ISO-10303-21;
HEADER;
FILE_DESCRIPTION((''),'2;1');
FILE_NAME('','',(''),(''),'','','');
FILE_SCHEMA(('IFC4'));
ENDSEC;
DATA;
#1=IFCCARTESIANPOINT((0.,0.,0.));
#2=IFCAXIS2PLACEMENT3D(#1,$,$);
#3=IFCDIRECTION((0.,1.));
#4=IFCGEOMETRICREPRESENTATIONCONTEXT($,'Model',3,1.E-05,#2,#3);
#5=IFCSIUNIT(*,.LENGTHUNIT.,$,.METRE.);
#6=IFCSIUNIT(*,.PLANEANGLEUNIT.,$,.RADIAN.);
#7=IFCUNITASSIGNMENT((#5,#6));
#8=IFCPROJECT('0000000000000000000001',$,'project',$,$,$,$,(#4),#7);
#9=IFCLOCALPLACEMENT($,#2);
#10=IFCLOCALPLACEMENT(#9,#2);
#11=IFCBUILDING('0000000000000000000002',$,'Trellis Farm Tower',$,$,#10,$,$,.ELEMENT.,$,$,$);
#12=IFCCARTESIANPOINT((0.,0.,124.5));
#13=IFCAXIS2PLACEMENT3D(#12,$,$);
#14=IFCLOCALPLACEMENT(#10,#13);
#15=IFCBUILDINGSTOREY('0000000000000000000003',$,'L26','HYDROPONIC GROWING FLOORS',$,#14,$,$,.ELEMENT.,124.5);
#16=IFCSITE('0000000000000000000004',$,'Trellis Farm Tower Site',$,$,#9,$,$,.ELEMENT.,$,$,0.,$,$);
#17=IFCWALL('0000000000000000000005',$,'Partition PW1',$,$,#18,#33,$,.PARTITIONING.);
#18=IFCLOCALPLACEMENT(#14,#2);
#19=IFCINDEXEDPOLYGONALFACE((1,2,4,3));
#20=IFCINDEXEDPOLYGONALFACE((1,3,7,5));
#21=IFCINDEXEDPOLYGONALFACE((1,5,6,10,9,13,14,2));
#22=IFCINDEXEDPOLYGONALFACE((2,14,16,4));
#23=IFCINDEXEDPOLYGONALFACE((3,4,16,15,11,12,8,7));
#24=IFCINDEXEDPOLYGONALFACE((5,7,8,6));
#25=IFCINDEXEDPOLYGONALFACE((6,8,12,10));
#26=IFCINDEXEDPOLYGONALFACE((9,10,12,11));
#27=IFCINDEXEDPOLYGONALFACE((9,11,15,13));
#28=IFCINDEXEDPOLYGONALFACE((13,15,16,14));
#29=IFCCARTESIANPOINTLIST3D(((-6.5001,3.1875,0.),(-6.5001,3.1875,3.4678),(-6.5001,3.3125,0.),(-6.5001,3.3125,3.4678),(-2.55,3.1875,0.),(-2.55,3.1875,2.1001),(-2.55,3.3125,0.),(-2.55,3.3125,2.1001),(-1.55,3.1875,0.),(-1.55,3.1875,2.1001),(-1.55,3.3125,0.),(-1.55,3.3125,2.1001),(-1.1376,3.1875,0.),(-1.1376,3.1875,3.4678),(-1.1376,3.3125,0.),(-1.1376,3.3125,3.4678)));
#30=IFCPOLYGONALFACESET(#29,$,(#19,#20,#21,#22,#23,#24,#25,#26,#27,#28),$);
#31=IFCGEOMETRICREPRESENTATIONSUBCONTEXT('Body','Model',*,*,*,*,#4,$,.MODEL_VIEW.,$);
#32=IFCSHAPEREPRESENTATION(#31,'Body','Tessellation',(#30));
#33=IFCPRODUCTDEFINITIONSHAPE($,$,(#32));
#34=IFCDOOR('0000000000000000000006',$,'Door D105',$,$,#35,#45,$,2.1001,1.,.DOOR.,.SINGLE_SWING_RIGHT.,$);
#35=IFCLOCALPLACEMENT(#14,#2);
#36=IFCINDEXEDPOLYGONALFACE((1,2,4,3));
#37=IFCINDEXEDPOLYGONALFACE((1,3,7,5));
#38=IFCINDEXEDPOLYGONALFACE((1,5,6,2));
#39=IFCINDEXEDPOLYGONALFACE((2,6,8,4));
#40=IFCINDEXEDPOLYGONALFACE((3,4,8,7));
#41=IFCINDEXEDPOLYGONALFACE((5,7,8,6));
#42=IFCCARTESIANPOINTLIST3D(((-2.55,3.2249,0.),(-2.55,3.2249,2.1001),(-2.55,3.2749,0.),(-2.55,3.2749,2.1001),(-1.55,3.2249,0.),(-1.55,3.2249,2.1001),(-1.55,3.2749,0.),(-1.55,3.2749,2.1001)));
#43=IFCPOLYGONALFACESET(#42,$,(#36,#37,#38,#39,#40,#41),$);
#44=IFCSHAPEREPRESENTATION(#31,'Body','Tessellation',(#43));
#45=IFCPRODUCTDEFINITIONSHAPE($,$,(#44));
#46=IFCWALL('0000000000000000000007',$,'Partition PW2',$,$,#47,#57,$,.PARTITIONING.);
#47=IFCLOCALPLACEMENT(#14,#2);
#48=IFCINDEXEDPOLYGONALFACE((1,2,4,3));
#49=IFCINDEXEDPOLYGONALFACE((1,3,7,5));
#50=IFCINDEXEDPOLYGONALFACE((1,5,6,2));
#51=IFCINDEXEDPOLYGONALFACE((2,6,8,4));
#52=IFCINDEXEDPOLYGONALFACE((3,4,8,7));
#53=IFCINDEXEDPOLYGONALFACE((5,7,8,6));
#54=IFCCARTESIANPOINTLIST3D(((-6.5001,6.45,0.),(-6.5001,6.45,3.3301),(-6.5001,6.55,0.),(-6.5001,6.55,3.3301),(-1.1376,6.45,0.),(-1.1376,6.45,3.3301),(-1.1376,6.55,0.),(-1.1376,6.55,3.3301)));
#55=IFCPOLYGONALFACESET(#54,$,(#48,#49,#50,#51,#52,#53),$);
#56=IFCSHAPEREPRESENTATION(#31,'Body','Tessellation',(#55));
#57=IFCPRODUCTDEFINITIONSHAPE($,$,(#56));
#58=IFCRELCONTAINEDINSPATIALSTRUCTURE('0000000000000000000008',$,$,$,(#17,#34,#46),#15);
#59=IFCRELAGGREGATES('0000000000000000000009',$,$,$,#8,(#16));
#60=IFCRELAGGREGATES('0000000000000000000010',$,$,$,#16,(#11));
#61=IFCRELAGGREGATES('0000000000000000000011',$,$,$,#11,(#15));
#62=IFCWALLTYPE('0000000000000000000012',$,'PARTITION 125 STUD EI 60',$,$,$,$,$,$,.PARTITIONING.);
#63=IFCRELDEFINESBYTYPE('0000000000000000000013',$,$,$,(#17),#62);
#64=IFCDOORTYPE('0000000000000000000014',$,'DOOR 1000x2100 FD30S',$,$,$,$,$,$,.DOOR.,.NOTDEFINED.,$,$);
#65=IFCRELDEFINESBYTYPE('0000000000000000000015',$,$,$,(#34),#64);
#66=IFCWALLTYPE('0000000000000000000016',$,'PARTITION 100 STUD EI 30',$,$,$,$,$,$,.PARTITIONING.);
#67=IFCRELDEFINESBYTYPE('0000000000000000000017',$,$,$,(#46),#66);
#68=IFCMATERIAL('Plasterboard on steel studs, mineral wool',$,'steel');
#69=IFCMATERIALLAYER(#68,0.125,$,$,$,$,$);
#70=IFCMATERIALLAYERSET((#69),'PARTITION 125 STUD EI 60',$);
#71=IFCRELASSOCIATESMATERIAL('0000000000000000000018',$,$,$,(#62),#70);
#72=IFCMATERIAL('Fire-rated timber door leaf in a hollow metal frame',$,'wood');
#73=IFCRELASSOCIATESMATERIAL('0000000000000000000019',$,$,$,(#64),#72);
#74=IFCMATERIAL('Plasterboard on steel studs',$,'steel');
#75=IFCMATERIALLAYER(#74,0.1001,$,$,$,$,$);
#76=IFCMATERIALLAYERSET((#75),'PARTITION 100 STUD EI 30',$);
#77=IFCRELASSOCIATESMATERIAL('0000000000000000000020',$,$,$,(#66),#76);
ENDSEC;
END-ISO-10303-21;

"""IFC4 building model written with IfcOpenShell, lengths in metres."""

from ifc_helpers import new_model, si_unit, direction, frame, frame_2d, origin, place, context, subcontext, project, spatial, rectangle, extrude, source, transform, mapped, material, layer, layer_set, type_object, element, fill, save


model = new_model("IFC4")

# Units and contexts
model_context = context("Model", 3, precision=1e-05, world=origin(), true_north=direction((0.0, 1.0)))
body_context = subcontext(model_context, "Body", "Model", "MODEL_VIEW")
ifc_project = project(units=[si_unit("LENGTHUNIT", "METRE"), si_unit("PLANEANGLEUNIT", "RADIAN")], contexts=[model_context])

# Site, building, storey
site_placement = place(None, origin())
site = spatial("IfcSite", under=ifc_project, at=site_placement, Name="Trellis Farm Tower Site", CompositionType="ELEMENT", RefElevation=0.0)
building_placement = place(site_placement, origin())
building = spatial("IfcBuilding", under=site, at=building_placement, Name="Trellis Farm Tower", CompositionType="ELEMENT")
storey_placement = place(building_placement, frame((0.0, 0.0, 124.5)))
storey = spatial("IfcBuildingStorey", under=building, at=storey_placement, Name="L26", Description="HYDROPONIC GROWING FLOORS", CompositionType="ELEMENT", Elevation=124.5)

# Shared definitions
shared_shape_1 = source(origin(), body_context, "Body", "SweptSolid", [
    extrude(rectangle(XDim=1.0, YDim=2.1001, at=frame_2d((0.5, 1.05))), frame((0.0, 0.0249, 0.0), z_axis=(0.0, -1.0, 0.0), x_axis=(1.0, 0.0, 0.0)), (0.0, 0.0, 1.0), 0.05),
])

# Wall, opening, door
ifc_material_1 = material(Name="Plasterboard on steel studs, mineral wool", Category="steel")
ifc_layer_1 = layer(ifc_material_1, 0.125)
ifc_layer_set_1 = layer_set([ifc_layer_1], Name="PARTITION 125 STUD EI 60")
wall_type_1 = type_object("IfcWallType", Name="PARTITION 125 STUD EI 60", PredefinedType="PARTITIONING", material=ifc_layer_set_1)
shared_shape_2 = source(origin(), body_context, "Body", "SweptSolid", [
    extrude(rectangle(XDim=5.3625, YDim=0.125, at=frame_2d((2.6812, 0.0))), origin(), (0.0, 0.0, 1.0), 3.4678),
])
wall_1_placement = place(storey_placement, frame((-6.5, 3.25, 0.0), z_axis=(0.0, 0.0, 1.0), x_axis=(1.0, 0.0, 0.0)))
wall_1 = element("IfcWall", 1, at=wall_1_placement, inside=storey, type_object=wall_type_1, Name="Partition PW1", PredefinedType="PARTITIONING", context=body_context, shape_type="MappedRepresentation", body=[
    mapped(shared_shape_2, transform((0.0, 0.0, 0.0))),
])
shared_shape_3 = source(origin(), body_context, "Body", "SweptSolid", [
    extrude(rectangle(XDim=1.0, YDim=2.1001, at=frame_2d((0.5, 1.05))), frame((0.0, 0.0725, 0.0), z_axis=(0.0, -1.0, 0.0), x_axis=(1.0, 0.0, 0.0)), (0.0, 0.0, 1.0), 0.145),
])
opening_1_placement = place(wall_1_placement, frame((3.95, 0.0, 0.0)))
opening_1 = element("IfcOpeningElement", 2, at=opening_1_placement, cuts=wall_1, PredefinedType="OPENING", context=body_context, shape_type="MappedRepresentation", body=[
    mapped(shared_shape_3, transform((0.0, 0.0, 0.0))),
])
ifc_material_2 = material(Name="Fire-rated timber door leaf in a hollow metal frame", Category="wood")
door_type_1 = type_object("IfcDoorType", Name="DOOR 1000x2100 FD30S", OperationType="NOTDEFINED", PredefinedType="DOOR", material=ifc_material_2)
door_1_placement = place(opening_1_placement, origin())
door_1 = element("IfcDoor", 3, at=door_1_placement, inside=storey, type_object=door_type_1, Name="Door D105", OperationType="SINGLE_SWING_RIGHT", OverallHeight=2.1001, OverallWidth=1.0, PredefinedType="DOOR", context=body_context, shape_type="MappedRepresentation", body=[
    mapped(shared_shape_1, transform((0.0, 0.0, 0.0))),
])
fill(opening_1, door_1)

# Wall
ifc_material_3 = material(Name="Plasterboard on steel studs", Category="steel")
ifc_layer_2 = layer(ifc_material_3, 0.1001)
ifc_layer_set_2 = layer_set([ifc_layer_2], Name="PARTITION 100 STUD EI 30")
wall_type_2 = type_object("IfcWallType", Name="PARTITION 100 STUD EI 30", PredefinedType="PARTITIONING", material=ifc_layer_set_2)
shared_shape_4 = source(origin(), body_context, "Body", "SweptSolid", [
    extrude(rectangle(XDim=5.3625, YDim=0.1001, at=frame_2d((2.6812, 0.0))), origin(), (0.0, 0.0, 1.0), 3.3301),
])
wall_2_placement = place(storey_placement, frame((-6.5, 6.5, 0.0), z_axis=(0.0, 0.0, 1.0), x_axis=(1.0, 0.0, 0.0)))
element("IfcWall", 4, at=wall_2_placement, inside=storey, type_object=wall_type_2, Name="Partition PW2", PredefinedType="PARTITIONING", context=body_context, shape_type="MappedRepresentation", body=[
    mapped(shared_shape_4, transform((0.0, 0.0, 0.0))),
])

save(model, "model.ifc")
